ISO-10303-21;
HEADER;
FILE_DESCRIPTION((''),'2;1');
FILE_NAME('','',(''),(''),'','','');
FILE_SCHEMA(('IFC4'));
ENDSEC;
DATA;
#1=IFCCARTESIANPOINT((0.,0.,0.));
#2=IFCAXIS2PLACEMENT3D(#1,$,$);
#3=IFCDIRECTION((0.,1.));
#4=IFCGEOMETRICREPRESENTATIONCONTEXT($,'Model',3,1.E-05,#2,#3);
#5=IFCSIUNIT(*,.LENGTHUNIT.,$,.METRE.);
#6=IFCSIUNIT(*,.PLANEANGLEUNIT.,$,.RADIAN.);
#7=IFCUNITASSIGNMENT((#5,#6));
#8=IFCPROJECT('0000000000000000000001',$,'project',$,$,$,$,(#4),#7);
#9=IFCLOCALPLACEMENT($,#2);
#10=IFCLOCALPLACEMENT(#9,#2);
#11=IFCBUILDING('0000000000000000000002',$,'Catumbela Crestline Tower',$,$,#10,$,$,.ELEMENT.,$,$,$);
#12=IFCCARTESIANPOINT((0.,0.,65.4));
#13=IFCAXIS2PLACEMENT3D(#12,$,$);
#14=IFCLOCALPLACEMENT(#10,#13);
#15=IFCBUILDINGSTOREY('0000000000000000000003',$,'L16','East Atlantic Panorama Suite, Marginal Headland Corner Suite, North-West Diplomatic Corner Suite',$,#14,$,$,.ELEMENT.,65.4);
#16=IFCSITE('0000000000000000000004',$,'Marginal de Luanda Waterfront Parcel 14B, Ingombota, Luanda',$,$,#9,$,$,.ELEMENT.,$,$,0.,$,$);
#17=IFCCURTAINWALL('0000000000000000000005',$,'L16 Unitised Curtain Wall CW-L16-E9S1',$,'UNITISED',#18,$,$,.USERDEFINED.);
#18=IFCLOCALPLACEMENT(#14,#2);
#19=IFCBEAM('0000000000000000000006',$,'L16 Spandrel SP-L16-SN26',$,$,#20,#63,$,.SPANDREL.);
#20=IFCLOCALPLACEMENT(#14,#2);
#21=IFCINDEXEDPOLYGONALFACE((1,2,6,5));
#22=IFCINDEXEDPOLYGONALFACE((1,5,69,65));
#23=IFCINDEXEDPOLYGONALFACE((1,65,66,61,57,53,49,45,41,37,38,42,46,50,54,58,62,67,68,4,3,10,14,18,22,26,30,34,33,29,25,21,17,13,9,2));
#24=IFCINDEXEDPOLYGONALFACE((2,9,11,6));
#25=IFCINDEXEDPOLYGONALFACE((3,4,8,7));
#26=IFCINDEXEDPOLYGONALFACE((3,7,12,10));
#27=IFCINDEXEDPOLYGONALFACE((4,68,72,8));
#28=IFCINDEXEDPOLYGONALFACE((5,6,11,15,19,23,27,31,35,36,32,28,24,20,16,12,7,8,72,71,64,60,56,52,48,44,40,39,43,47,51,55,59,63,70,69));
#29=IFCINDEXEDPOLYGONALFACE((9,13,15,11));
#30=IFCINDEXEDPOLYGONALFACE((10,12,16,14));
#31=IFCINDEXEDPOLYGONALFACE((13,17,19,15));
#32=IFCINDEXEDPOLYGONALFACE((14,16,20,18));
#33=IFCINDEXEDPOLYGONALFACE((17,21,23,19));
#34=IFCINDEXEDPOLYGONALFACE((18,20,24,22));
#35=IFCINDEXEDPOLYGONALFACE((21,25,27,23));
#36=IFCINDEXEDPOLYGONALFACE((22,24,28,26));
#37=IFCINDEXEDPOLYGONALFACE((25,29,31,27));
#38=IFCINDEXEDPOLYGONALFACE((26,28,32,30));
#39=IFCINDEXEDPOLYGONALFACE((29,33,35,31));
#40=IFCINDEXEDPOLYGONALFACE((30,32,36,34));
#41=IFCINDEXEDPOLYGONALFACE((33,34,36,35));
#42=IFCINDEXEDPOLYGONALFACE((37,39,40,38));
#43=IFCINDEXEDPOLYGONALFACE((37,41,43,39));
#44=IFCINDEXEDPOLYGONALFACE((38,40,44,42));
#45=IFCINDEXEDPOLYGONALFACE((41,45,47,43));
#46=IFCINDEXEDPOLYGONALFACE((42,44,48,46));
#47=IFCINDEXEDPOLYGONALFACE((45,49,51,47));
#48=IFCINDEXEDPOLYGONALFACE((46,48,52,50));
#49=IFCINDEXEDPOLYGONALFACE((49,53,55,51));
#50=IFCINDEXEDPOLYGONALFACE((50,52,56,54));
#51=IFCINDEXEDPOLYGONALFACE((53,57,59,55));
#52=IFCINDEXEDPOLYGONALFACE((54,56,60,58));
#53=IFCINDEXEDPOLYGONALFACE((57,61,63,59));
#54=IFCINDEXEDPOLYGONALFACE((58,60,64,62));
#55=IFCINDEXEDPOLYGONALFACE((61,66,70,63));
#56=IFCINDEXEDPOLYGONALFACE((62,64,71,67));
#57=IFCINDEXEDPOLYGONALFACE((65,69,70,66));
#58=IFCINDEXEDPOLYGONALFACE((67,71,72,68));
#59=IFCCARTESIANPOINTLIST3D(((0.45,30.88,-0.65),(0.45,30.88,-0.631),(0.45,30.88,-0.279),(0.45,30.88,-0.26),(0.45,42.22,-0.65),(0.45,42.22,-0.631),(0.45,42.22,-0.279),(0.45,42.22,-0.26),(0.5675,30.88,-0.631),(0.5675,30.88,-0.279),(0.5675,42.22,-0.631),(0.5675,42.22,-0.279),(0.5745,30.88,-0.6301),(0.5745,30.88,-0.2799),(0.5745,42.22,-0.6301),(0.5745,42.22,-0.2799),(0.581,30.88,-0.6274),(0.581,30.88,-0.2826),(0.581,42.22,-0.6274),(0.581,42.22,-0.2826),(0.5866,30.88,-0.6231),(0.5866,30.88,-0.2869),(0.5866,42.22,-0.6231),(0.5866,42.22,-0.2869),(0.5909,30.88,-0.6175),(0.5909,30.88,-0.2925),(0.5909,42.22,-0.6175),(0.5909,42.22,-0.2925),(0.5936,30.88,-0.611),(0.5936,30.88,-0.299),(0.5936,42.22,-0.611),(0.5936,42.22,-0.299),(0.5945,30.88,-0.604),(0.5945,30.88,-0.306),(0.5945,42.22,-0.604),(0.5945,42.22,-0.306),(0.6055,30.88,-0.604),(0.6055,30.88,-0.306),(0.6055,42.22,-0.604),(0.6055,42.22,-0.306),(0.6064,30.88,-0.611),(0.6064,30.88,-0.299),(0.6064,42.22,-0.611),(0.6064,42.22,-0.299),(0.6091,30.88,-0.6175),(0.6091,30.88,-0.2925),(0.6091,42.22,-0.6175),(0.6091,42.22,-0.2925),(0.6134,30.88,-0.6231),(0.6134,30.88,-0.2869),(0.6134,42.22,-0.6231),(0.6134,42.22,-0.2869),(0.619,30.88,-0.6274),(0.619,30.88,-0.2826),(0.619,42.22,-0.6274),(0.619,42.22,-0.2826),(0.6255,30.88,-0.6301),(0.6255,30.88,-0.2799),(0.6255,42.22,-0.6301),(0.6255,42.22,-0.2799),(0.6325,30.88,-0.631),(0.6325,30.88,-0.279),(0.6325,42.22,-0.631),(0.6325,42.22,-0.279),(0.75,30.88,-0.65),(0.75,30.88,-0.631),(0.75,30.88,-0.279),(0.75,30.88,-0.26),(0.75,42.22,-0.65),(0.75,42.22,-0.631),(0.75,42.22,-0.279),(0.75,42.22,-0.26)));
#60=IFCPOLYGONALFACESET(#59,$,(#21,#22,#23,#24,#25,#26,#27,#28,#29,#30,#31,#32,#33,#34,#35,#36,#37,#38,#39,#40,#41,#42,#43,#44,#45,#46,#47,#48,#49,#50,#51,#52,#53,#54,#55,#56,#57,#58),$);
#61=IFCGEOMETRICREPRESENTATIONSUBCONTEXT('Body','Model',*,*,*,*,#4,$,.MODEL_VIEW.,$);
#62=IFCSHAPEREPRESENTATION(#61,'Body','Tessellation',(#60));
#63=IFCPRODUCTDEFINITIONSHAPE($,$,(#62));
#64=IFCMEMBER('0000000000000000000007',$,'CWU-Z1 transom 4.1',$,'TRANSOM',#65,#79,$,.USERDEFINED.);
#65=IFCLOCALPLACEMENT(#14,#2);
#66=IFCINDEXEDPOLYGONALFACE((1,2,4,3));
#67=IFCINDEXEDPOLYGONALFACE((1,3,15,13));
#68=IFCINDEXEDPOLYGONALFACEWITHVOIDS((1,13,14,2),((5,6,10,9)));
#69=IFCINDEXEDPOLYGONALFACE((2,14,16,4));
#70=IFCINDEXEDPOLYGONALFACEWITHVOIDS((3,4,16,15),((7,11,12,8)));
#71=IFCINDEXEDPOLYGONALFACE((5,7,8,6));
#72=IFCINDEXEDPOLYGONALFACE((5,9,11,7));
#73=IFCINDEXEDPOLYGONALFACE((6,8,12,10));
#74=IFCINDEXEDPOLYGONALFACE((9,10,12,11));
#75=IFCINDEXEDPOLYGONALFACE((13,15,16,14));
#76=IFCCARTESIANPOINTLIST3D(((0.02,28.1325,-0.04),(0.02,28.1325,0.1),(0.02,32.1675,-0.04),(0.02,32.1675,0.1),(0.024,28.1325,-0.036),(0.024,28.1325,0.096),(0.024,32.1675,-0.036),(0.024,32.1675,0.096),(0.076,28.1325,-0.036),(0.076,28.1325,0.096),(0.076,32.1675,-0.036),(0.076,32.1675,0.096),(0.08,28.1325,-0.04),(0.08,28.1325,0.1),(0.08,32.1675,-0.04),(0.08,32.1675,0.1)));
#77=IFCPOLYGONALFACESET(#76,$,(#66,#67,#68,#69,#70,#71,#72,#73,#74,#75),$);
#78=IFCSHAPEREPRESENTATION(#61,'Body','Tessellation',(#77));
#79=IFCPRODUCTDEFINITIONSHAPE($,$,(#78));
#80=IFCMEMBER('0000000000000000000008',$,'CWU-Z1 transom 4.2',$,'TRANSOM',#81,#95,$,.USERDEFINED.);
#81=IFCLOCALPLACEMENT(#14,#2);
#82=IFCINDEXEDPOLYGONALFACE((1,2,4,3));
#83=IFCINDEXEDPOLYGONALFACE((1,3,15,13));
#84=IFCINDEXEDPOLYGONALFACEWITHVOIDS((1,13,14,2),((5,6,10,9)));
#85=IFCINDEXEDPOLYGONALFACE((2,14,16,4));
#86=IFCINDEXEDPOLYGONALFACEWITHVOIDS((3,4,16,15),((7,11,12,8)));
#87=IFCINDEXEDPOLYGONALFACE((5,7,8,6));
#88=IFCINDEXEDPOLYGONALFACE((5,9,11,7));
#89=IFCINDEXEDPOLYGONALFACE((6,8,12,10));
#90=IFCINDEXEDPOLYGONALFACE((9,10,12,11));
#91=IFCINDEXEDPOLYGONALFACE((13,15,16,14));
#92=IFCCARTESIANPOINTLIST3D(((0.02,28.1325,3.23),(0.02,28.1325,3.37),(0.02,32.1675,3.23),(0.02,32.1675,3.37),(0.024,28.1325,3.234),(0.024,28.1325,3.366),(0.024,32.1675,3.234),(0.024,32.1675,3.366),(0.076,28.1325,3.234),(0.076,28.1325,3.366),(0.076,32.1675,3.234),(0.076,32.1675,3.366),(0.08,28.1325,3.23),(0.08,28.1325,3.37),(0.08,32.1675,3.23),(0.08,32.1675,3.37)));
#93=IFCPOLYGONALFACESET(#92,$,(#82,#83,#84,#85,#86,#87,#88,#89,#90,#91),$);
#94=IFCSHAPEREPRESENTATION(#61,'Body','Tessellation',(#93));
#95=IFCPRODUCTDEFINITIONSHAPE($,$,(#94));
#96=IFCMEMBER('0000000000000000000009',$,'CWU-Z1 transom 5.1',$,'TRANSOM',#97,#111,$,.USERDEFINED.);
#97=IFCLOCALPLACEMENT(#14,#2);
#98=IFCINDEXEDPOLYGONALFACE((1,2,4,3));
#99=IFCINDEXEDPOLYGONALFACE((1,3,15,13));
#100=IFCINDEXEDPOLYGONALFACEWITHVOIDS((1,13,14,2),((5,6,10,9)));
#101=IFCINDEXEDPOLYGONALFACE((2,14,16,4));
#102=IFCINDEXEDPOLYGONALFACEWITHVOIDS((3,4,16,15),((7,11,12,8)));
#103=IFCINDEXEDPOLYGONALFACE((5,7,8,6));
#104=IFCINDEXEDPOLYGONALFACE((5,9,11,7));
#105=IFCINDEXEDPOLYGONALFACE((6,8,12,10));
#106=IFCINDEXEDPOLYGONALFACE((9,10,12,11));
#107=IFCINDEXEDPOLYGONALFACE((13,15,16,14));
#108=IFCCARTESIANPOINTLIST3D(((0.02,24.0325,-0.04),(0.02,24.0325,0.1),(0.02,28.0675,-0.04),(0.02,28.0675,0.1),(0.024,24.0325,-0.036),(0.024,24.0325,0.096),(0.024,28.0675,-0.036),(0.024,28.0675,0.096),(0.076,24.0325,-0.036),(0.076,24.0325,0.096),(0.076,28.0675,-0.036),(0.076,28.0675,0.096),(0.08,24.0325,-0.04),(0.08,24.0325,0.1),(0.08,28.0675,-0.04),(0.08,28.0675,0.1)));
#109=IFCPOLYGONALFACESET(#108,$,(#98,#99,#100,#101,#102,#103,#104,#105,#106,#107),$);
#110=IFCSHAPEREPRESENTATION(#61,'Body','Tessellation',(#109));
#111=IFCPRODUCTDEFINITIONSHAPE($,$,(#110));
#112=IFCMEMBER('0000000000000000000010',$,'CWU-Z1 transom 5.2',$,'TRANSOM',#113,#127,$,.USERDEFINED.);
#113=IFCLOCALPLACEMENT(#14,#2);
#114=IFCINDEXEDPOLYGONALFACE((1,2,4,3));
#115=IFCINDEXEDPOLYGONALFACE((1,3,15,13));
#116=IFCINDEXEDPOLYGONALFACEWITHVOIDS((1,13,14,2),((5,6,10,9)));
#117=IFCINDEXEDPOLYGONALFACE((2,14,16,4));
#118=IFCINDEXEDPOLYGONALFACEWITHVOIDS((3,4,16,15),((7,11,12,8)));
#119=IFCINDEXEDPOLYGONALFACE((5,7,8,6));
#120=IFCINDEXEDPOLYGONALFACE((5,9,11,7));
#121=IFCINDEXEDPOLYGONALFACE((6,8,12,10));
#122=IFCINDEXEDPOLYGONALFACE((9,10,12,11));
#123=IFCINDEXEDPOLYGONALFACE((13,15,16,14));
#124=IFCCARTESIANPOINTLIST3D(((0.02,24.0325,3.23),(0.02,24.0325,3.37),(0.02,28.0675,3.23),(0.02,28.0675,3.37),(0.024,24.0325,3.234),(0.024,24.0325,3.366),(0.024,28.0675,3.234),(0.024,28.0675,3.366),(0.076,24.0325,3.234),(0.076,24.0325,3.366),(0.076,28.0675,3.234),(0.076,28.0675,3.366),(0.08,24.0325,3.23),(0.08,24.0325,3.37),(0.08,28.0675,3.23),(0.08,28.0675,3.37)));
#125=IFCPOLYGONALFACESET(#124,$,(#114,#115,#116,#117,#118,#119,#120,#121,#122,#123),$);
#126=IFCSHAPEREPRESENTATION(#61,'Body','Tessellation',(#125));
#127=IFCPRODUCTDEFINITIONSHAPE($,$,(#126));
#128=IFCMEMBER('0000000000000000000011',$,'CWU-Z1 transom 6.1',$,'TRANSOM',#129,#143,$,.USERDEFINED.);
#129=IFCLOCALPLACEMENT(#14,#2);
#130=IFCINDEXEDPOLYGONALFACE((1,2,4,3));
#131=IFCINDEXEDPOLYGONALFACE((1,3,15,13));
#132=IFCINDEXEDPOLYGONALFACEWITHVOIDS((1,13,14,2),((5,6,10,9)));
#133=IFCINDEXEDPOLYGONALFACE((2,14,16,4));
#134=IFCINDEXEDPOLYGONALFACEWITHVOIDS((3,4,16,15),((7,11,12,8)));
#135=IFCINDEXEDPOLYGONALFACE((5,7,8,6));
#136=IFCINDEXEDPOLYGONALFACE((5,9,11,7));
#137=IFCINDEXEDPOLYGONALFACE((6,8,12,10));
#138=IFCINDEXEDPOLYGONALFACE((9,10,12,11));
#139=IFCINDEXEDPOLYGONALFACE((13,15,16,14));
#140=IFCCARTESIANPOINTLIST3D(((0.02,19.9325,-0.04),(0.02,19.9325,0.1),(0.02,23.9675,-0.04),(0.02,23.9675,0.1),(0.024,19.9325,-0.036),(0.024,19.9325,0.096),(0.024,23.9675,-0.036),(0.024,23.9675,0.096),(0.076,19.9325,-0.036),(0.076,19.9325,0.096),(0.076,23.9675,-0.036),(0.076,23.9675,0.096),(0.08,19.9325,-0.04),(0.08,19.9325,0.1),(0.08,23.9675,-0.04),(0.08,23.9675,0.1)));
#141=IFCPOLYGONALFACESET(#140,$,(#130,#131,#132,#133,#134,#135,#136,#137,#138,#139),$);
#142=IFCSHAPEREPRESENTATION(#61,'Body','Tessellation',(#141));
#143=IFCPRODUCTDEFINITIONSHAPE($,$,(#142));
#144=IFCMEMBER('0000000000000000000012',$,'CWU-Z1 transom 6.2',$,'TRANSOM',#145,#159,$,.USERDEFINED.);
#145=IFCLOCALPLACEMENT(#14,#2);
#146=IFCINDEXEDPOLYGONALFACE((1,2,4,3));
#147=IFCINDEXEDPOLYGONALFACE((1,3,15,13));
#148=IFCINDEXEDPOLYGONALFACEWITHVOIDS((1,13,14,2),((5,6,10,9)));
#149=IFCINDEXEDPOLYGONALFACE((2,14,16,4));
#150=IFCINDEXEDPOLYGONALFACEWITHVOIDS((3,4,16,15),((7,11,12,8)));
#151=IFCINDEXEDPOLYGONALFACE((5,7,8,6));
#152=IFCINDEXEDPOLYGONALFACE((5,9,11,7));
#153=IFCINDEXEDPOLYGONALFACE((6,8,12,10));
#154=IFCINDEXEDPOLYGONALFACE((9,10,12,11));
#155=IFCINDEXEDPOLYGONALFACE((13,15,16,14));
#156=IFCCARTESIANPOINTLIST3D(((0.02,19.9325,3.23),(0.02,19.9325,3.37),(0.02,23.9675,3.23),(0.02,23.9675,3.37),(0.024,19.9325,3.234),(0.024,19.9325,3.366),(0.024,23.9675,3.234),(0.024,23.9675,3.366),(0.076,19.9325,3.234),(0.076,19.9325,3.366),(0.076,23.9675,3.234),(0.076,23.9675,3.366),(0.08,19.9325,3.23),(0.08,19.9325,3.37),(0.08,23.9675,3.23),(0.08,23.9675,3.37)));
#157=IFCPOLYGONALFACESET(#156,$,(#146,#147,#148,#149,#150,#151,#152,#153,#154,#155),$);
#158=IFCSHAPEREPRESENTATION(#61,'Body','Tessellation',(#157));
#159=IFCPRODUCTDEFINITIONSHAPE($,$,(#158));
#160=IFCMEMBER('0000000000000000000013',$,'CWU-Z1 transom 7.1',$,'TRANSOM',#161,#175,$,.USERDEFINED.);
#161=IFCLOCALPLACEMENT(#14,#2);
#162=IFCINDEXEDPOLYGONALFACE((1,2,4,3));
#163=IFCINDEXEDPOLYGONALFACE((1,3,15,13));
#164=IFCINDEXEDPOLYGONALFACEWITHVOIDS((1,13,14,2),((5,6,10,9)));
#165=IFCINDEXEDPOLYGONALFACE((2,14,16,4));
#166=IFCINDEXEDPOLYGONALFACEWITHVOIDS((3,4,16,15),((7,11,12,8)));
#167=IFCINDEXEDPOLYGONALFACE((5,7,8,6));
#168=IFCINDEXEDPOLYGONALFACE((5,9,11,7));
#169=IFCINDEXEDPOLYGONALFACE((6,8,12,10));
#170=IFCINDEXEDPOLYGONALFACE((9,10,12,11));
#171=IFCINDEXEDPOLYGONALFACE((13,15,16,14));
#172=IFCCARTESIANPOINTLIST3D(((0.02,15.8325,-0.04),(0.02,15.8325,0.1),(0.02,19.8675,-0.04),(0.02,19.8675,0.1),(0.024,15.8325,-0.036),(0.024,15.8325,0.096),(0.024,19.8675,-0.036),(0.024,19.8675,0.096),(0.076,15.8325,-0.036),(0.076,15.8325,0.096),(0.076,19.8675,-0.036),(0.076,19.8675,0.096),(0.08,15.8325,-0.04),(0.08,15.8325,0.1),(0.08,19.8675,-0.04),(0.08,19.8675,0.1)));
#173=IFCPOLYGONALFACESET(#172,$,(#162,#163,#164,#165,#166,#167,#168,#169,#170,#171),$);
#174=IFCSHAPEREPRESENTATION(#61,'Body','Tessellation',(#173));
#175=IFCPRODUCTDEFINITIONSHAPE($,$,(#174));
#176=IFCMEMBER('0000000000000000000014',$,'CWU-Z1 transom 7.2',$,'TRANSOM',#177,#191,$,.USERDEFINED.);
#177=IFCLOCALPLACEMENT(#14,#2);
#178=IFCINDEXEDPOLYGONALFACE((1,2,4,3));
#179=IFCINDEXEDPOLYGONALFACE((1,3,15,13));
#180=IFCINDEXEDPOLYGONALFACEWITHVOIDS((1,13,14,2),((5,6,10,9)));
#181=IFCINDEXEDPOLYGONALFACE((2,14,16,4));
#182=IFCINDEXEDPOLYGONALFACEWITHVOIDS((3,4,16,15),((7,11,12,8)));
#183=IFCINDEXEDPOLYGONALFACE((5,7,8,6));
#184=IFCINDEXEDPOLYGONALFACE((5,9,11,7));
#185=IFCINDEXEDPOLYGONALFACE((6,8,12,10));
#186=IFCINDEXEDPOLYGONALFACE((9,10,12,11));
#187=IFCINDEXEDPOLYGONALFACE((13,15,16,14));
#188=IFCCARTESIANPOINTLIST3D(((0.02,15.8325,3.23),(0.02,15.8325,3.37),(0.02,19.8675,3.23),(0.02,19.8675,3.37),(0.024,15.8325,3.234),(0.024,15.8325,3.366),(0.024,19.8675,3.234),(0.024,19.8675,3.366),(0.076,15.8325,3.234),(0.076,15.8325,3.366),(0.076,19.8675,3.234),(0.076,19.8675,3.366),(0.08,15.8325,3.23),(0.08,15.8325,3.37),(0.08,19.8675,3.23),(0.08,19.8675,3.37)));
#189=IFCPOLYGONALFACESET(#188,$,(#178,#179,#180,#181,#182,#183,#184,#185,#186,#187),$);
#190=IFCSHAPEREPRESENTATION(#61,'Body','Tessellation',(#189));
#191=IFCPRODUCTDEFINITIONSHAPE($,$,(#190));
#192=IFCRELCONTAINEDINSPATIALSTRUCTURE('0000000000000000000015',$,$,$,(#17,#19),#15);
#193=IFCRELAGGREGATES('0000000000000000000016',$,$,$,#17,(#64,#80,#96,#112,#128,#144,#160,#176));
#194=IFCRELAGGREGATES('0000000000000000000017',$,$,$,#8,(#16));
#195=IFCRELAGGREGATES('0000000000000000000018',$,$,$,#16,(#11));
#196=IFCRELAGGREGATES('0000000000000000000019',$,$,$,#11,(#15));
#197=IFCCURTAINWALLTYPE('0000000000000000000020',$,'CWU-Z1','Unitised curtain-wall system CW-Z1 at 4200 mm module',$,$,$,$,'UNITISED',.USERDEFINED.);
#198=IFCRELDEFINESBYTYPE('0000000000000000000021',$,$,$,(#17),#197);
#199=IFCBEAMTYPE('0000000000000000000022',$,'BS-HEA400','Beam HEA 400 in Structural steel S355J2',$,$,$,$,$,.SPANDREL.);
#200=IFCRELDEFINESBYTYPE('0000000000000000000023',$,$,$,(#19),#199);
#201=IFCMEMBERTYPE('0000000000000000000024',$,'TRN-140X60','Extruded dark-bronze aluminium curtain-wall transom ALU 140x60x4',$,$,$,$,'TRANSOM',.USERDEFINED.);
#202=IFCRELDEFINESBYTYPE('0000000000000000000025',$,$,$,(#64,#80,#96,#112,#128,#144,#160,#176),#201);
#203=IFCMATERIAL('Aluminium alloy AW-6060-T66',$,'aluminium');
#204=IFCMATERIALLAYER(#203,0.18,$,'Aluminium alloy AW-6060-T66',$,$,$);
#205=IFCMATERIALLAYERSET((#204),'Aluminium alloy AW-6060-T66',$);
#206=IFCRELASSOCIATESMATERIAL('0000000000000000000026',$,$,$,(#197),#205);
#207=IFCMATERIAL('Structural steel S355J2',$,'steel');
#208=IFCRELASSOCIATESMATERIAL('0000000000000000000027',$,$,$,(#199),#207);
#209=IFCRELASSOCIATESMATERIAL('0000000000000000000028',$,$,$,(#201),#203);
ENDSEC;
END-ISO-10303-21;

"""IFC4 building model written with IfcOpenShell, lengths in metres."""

from ifc_helpers import new_model, si_unit, direction, frame, origin, origin_2d, place, context, subcontext, project, spatial, hollow_rectangle, i_section, extrude, material, layer, layer_set, material_profile, profile_set, type_object, element, aggregate, save


model = new_model("IFC4")

# Units and contexts
model_context = context("Model", 3, precision=1e-05, world=origin(), true_north=direction((0.0, 1.0)))
body_context = subcontext(model_context, "Body", "Model", "MODEL_VIEW")
ifc_project = project(units=[si_unit("LENGTHUNIT", "METRE"), si_unit("PLANEANGLEUNIT", "RADIAN")], contexts=[model_context])

# Site, building, storey
site_placement = place(None, origin())
site = spatial("IfcSite", under=ifc_project, at=site_placement, Name="Marginal de Luanda Waterfront Parcel 14B, Ingombota, Luanda", CompositionType="ELEMENT", RefElevation=0.0)
building_placement = place(site_placement, origin())
building = spatial("IfcBuilding", under=site, at=building_placement, Name="Catumbela Crestline Tower", CompositionType="ELEMENT")
storey_placement = place(building_placement, frame((0.0, 0.0, 65.4)))
storey = spatial("IfcBuildingStorey", under=building, at=storey_placement, Name="L16", Description="East Atlantic Panorama Suite, Marginal Headland Corner Suite, North-West Diplomatic Corner Suite", CompositionType="ELEMENT", Elevation=65.4)

# Shared definitions
ifc_material_1 = material(Name="Structural steel S355J2", Category="steel")

# Curtain wall
ifc_material_2 = material(Name="Aluminium alloy AW-6060-T66", Category="aluminium")
ifc_layer_1 = layer(ifc_material_2, 0.18, Name="Aluminium alloy AW-6060-T66")
ifc_layer_set_1 = layer_set([ifc_layer_1], Name="Aluminium alloy AW-6060-T66")
curtain_wall_type = type_object("IfcCurtainWallType", Name="CWU-Z1", Description="Unitised curtain-wall system CW-Z1 at 4200 mm module", ElementType="UNITISED", PredefinedType="USERDEFINED", material=ifc_layer_set_1)
curtain_wall_placement = place(storey_placement, origin())
curtain_wall = element("IfcCurtainWall", 1, at=curtain_wall_placement, inside=storey, type_object=curtain_wall_type, Name="L16 Unitised Curtain Wall CW-L16-E9S1", ObjectType="UNITISED", PredefinedType="USERDEFINED")

# Beam
ifc_material_profile_1 = material_profile(ifc_material_1, i_section(OverallWidth=0.3, OverallDepth=0.39, WebThickness=0.011, FlangeThickness=0.019, FilletRadius=0.027, at=origin_2d()), Name="HEA 400")
ifc_profile_set_1 = profile_set([ifc_material_profile_1], Name="Structural steel S355J2")
beam_type_1 = type_object("IfcBeamType", Name="BS-HEA400", Description="Beam HEA 400 in Structural steel S355J2", PredefinedType="SPANDREL", material=ifc_profile_set_1)
beam_1_placement = place(storey_placement, frame((0.6, 30.88, -0.455), z_axis=(0.0, 1.0, 0.0), x_axis=(-1.0, 0.0, 0.0)))
element("IfcBeam", 2, at=beam_1_placement, inside=storey, type_object=beam_type_1, Name="L16 Spandrel SP-L16-SN26", PredefinedType="SPANDREL", context=body_context, shape_type="SweptSolid", body=[
    extrude(i_section(OverallWidth=0.3, OverallDepth=0.39, WebThickness=0.011, FlangeThickness=0.019, FilletRadius=0.027, at=origin_2d()), origin(), (0.0, 0.0, 1.0), 11.34),
])

# Members
ifc_material_profile_2 = material_profile(ifc_material_2, hollow_rectangle(XDim=0.06, YDim=0.14, WallThickness=0.004, at=origin_2d()), Name="ALU 140x60x4")
ifc_profile_set_2 = profile_set([ifc_material_profile_2], Name="Aluminium alloy AW-6060-T66")
member_type_1 = type_object("IfcMemberType", Name="TRN-140X60", Description="Extruded dark-bronze aluminium curtain-wall transom ALU 140x60x4", ElementType="TRANSOM", PredefinedType="USERDEFINED", material=ifc_profile_set_2)
member_1_placement = place(storey_placement, frame((0.05, 32.1675, 0.03), z_axis=(0.0, -1.0, 0.0), x_axis=(1.0, 0.0, 0.0)))
member_1 = element("IfcMember", 3, at=member_1_placement, type_object=member_type_1, Name="CWU-Z1 transom 4.1", ObjectType="TRANSOM", PredefinedType="USERDEFINED", context=body_context, shape_type="SweptSolid", body=[
    extrude(hollow_rectangle(XDim=0.06, YDim=0.14, WallThickness=0.004, at=origin_2d()), origin(), (0.0, 0.0, 1.0), 4.035),
])
member_2_placement = place(storey_placement, frame((0.05, 32.1675, 3.3), z_axis=(0.0, -1.0, 0.0), x_axis=(1.0, 0.0, 0.0)))
member_2 = element("IfcMember", 4, at=member_2_placement, type_object=member_type_1, Name="CWU-Z1 transom 4.2", ObjectType="TRANSOM", PredefinedType="USERDEFINED", context=body_context, shape_type="SweptSolid", body=[
    extrude(hollow_rectangle(XDim=0.06, YDim=0.14, WallThickness=0.004, at=origin_2d()), origin(), (0.0, 0.0, 1.0), 4.035),
])
member_3_placement = place(storey_placement, frame((0.05, 28.0675, 0.03), z_axis=(0.0, -1.0, 0.0), x_axis=(1.0, 0.0, 0.0)))
member_3 = element("IfcMember", 5, at=member_3_placement, type_object=member_type_1, Name="CWU-Z1 transom 5.1", ObjectType="TRANSOM", PredefinedType="USERDEFINED", context=body_context, shape_type="SweptSolid", body=[
    extrude(hollow_rectangle(XDim=0.06, YDim=0.14, WallThickness=0.004, at=origin_2d()), origin(), (0.0, 0.0, 1.0), 4.035),
])
member_4_placement = place(storey_placement, frame((0.05, 28.0675, 3.3), z_axis=(0.0, -1.0, 0.0), x_axis=(1.0, 0.0, 0.0)))
member_4 = element("IfcMember", 6, at=member_4_placement, type_object=member_type_1, Name="CWU-Z1 transom 5.2", ObjectType="TRANSOM", PredefinedType="USERDEFINED", context=body_context, shape_type="SweptSolid", body=[
    extrude(hollow_rectangle(XDim=0.06, YDim=0.14, WallThickness=0.004, at=origin_2d()), origin(), (0.0, 0.0, 1.0), 4.035),
])
member_5_placement = place(storey_placement, frame((0.05, 23.9675, 0.03), z_axis=(0.0, -1.0, 0.0), x_axis=(1.0, 0.0, 0.0)))
member_5 = element("IfcMember", 7, at=member_5_placement, type_object=member_type_1, Name="CWU-Z1 transom 6.1", ObjectType="TRANSOM", PredefinedType="USERDEFINED", context=body_context, shape_type="SweptSolid", body=[
    extrude(hollow_rectangle(XDim=0.06, YDim=0.14, WallThickness=0.004, at=origin_2d()), origin(), (0.0, 0.0, 1.0), 4.035),
])
member_6_placement = place(storey_placement, frame((0.05, 23.9675, 3.3), z_axis=(0.0, -1.0, 0.0), x_axis=(1.0, 0.0, 0.0)))
member_6 = element("IfcMember", 8, at=member_6_placement, type_object=member_type_1, Name="CWU-Z1 transom 6.2", ObjectType="TRANSOM", PredefinedType="USERDEFINED", context=body_context, shape_type="SweptSolid", body=[
    extrude(hollow_rectangle(XDim=0.06, YDim=0.14, WallThickness=0.004, at=origin_2d()), origin(), (0.0, 0.0, 1.0), 4.035),
])
member_7_placement = place(storey_placement, frame((0.05, 19.8675, 0.03), z_axis=(0.0, -1.0, 0.0), x_axis=(1.0, 0.0, 0.0)))
member_7 = element("IfcMember", 9, at=member_7_placement, type_object=member_type_1, Name="CWU-Z1 transom 7.1", ObjectType="TRANSOM", PredefinedType="USERDEFINED", context=body_context, shape_type="SweptSolid", body=[
    extrude(hollow_rectangle(XDim=0.06, YDim=0.14, WallThickness=0.004, at=origin_2d()), origin(), (0.0, 0.0, 1.0), 4.035),
])
member_8_placement = place(storey_placement, frame((0.05, 19.8675, 3.3), z_axis=(0.0, -1.0, 0.0), x_axis=(1.0, 0.0, 0.0)))
member_8 = element("IfcMember", 10, at=member_8_placement, type_object=member_type_1, Name="CWU-Z1 transom 7.2", ObjectType="TRANSOM", PredefinedType="USERDEFINED", context=body_context, shape_type="SweptSolid", body=[
    extrude(hollow_rectangle(XDim=0.06, YDim=0.14, WallThickness=0.004, at=origin_2d()), origin(), (0.0, 0.0, 1.0), 4.035),
])

aggregate(curtain_wall, [member_1, member_2, member_3, member_4, member_5, member_6, member_7, member_8])

save(model, "model.ifc")
